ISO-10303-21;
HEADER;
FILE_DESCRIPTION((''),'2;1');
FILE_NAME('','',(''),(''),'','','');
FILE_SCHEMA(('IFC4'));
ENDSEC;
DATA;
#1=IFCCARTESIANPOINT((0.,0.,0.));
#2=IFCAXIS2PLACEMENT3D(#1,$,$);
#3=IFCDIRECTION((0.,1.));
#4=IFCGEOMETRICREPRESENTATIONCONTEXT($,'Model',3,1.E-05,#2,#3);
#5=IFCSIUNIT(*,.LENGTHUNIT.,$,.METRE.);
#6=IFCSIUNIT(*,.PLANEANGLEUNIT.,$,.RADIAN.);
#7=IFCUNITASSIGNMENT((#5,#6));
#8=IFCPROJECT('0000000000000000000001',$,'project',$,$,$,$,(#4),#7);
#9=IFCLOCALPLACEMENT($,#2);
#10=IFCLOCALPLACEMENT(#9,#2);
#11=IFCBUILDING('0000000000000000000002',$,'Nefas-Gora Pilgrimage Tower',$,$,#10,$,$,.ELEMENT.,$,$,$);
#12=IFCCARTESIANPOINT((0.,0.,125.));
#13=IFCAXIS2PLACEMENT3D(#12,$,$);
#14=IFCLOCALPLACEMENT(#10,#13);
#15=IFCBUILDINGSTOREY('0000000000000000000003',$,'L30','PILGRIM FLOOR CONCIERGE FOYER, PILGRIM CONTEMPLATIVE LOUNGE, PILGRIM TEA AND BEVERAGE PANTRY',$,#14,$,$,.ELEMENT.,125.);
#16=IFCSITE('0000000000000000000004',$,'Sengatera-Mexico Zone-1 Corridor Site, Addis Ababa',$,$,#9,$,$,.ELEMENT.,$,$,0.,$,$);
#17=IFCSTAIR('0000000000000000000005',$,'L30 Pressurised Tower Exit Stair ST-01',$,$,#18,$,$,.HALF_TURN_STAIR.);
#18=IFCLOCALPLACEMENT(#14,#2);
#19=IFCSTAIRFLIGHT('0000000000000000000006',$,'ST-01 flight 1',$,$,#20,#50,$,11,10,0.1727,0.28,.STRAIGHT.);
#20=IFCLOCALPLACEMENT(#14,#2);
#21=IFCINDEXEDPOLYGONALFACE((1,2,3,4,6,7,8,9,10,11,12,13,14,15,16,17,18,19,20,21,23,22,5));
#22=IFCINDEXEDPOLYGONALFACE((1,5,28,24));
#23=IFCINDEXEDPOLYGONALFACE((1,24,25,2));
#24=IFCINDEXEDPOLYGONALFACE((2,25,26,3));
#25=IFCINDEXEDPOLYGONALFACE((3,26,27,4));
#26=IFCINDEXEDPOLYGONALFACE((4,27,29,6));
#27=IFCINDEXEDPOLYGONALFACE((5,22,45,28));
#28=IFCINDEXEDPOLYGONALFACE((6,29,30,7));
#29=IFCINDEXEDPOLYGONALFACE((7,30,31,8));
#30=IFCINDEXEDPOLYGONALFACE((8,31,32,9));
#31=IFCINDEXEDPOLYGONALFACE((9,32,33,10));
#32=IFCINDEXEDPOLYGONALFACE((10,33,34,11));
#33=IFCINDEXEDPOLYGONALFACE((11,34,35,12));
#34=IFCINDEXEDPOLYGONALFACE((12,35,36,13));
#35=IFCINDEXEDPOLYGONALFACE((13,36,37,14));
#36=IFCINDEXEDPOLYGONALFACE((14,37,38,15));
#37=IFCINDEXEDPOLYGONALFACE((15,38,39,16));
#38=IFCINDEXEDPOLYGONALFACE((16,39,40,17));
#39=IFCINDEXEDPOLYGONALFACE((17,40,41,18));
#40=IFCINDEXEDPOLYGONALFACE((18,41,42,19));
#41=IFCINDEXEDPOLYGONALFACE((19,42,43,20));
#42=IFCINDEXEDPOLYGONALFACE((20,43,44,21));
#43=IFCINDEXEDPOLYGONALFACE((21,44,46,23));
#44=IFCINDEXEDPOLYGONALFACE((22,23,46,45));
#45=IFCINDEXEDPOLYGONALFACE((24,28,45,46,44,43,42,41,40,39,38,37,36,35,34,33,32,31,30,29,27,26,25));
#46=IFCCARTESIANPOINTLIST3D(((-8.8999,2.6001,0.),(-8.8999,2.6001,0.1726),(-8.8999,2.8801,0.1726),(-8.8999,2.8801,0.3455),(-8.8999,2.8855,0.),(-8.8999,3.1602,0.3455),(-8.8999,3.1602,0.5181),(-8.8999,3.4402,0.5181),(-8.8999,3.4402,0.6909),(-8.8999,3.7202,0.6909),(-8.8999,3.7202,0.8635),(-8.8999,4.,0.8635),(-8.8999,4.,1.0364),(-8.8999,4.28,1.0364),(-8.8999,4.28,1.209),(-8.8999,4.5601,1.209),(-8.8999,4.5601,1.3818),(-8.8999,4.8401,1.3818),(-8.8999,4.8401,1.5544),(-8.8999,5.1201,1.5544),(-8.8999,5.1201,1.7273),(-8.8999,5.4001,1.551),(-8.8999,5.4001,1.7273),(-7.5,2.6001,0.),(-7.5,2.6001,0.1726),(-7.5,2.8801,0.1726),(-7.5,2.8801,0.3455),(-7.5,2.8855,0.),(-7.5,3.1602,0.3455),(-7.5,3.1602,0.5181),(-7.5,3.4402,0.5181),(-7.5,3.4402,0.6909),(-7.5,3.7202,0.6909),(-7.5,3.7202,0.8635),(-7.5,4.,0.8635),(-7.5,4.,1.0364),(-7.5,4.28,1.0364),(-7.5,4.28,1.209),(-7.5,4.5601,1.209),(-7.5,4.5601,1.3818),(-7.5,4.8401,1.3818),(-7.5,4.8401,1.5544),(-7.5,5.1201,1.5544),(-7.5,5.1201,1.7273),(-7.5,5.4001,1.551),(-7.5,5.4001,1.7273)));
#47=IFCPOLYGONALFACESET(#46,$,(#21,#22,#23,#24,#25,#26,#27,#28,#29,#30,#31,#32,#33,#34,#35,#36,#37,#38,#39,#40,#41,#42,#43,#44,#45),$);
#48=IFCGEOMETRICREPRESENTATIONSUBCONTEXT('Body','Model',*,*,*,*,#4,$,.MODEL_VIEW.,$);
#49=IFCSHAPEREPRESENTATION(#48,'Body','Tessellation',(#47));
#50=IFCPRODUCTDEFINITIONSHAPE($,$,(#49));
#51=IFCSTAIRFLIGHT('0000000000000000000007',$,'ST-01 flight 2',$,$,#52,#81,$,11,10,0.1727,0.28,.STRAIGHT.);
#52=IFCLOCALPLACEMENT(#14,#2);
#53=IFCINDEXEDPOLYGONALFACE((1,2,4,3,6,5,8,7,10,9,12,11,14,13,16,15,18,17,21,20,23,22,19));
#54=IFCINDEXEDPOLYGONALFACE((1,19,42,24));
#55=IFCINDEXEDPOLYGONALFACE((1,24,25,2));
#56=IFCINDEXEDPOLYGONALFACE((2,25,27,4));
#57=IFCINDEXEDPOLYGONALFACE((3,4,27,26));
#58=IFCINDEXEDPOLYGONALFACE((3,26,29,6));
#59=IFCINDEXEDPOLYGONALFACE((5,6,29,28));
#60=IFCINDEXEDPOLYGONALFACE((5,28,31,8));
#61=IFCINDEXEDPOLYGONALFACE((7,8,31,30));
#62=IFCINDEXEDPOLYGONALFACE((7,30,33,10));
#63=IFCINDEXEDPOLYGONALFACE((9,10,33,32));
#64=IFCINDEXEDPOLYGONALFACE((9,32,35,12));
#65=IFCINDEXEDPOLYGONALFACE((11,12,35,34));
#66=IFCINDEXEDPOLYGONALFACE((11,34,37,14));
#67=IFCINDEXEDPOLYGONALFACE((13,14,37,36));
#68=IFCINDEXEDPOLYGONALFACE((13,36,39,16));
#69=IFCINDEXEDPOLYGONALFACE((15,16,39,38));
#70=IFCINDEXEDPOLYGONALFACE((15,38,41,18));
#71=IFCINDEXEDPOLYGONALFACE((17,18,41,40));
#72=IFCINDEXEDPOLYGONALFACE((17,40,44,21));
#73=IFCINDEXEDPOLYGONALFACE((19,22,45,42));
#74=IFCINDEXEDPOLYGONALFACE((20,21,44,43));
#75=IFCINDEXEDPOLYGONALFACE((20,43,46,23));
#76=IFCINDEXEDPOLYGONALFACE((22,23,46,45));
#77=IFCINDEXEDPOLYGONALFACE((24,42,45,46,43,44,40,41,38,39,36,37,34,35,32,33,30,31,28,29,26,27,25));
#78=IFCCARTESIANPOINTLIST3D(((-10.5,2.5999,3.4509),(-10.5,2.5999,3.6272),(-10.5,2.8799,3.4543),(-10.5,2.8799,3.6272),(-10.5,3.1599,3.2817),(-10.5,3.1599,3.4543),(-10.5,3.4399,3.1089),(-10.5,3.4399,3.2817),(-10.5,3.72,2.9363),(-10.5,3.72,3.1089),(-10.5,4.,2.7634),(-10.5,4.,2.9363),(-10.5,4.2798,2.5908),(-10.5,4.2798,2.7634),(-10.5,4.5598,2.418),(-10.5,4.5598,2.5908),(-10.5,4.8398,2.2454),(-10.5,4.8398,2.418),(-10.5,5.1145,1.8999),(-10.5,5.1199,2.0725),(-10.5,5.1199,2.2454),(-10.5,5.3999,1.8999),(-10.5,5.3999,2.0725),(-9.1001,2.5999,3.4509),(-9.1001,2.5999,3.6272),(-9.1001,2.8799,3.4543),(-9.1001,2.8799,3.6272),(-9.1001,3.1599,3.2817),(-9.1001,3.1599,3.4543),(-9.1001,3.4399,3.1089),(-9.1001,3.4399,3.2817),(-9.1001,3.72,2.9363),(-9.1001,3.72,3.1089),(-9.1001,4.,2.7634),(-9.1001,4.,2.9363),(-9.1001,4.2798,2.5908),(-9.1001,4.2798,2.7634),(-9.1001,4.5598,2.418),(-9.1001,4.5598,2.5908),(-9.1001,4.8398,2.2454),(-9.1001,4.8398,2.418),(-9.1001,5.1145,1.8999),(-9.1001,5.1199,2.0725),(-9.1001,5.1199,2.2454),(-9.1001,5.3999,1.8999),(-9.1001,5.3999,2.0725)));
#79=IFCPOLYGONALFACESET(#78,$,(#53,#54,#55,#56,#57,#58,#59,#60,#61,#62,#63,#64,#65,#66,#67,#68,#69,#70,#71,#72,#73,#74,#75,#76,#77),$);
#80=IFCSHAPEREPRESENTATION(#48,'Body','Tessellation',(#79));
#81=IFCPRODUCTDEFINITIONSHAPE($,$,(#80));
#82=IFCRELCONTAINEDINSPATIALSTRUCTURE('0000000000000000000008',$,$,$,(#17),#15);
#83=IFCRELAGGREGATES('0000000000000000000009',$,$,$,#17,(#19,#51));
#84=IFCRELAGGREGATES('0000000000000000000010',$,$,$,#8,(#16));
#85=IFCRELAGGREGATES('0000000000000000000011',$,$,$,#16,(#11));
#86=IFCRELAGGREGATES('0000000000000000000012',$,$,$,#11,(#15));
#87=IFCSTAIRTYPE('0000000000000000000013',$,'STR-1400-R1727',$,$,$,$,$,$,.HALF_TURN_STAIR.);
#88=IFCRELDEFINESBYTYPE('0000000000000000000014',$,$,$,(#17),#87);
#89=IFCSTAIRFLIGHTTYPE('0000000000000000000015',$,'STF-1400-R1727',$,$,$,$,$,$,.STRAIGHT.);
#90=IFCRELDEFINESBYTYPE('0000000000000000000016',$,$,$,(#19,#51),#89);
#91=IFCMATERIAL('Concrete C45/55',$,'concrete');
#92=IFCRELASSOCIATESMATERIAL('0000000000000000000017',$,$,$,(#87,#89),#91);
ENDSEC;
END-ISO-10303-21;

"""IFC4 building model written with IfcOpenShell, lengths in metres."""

from ifc_helpers import new_model, si_unit, direction, frame, origin, place, context, subcontext, project, spatial, polyline, outline, extrude, source, transform, mapped, material, type_object, element, aggregate, save


model = new_model("IFC4")

# Units and contexts
model_context = context("Model", 3, precision=1e-05, world=origin(), true_north=direction((0.0, 1.0)))
body_context = subcontext(model_context, "Body", "Model", "MODEL_VIEW")
ifc_project = project(units=[si_unit("LENGTHUNIT", "METRE"), si_unit("PLANEANGLEUNIT", "RADIAN")], contexts=[model_context])

# Site, building, storey
site_placement = place(None, origin())
site = spatial("IfcSite", under=ifc_project, at=site_placement, Name="Sengatera-Mexico Zone-1 Corridor Site, Addis Ababa", CompositionType="ELEMENT", RefElevation=0.0)
building_placement = place(site_placement, origin())
building = spatial("IfcBuilding", under=site, at=building_placement, Name="Nefas-Gora Pilgrimage Tower", CompositionType="ELEMENT")
storey_placement = place(building_placement, frame((0.0, 0.0, 125.0)))
storey = spatial("IfcBuildingStorey", under=building, at=storey_placement, Name="L30", Description="PILGRIM FLOOR CONCIERGE FOYER, PILGRIM CONTEMPLATIVE LOUNGE, PILGRIM TEA AND BEVERAGE PANTRY", CompositionType="ELEMENT", Elevation=125.0)

# Stair
ifc_material_1 = material(Name="Concrete C45/55", Category="concrete")
stair_type = type_object("IfcStairType", Name="STR-1400-R1727", PredefinedType="HALF_TURN_STAIR", material=ifc_material_1)
stair_1_placement = place(storey_placement, origin())
stair_1 = element("IfcStair", 1, at=stair_1_placement, inside=storey, type_object=stair_type, Name="L30 Pressurised Tower Exit Stair ST-01", PredefinedType="HALF_TURN_STAIR")

# Stair flights
stair_flight_type = type_object("IfcStairFlightType", Name="STF-1400-R1727", PredefinedType="STRAIGHT", material=ifc_material_1)
shared_shape_1 = source(origin(), body_context, "Body", "SweptSolid", [
    extrude(outline(polyline([(0.0, 0.0), (0.0, 0.1726), (0.28, 0.1726), (0.28, 0.3455), (0.5601, 0.3455), (0.5601, 0.5181), (0.8401, 0.5181), (0.8401, 0.6909), (1.1201, 0.6909), (1.1201, 0.8635), (1.3999, 0.8635), (1.3999, 1.0364), (1.6799, 1.0364), (1.6799, 1.209), (1.96, 1.209), (1.96, 1.3818), (2.24, 1.3818), (2.24, 1.5544), (2.52, 1.5544), (2.52, 1.7273), (2.8, 1.7273), (2.8, 1.8999), (2.8, 1.551), (0.2854, 0.0), (0.0, 0.0)])), frame((0.0, 0.7, 0.0), z_axis=(0.0, -1.0, 0.0), x_axis=(1.0, 0.0, 0.0)), (0.0, 0.0, 1.0), 1.3999),
])
stair_flight_1_placement = place(storey_placement, frame((-8.2, 2.6001, 0.0), z_axis=(0.0, 0.0, 1.0), x_axis=(0.0, 1.0, 0.0)))
stair_flight_1 = element("IfcStairFlight", 2, at=stair_flight_1_placement, type_object=stair_flight_type, Name="ST-01 flight 1", NumberOfRisers=11, NumberOfTreads=10, PredefinedType="STRAIGHT", RiserHeight=0.1727, TreadLength=0.28, context=body_context, shape_type="MappedRepresentation", body=[
    mapped(shared_shape_1, transform((0.0, 0.0, 0.0), x_axis=(1.0, 0.0, 0.0), y_axis=(0.0, 1.0, 0.0), z_axis=(0.0, 0.0, 1.0), scale=1.0)),
])
stair_flight_2_placement = place(storey_placement, frame((-9.8, 5.3999, 1.8999), z_axis=(0.0, 0.0, 1.0), x_axis=(0.0, -1.0, 0.0)))
stair_flight_2 = element("IfcStairFlight", 3, at=stair_flight_2_placement, type_object=stair_flight_type, Name="ST-01 flight 2", NumberOfRisers=11, NumberOfTreads=10, PredefinedType="STRAIGHT", RiserHeight=0.1727, TreadLength=0.28, context=body_context, shape_type="MappedRepresentation", body=[
    mapped(shared_shape_1, transform((0.0, 0.0, 0.0), x_axis=(1.0, 0.0, 0.0), y_axis=(0.0, 1.0, 0.0), z_axis=(0.0, 0.0, 1.0), scale=1.0)),
])
aggregate(stair_1, [stair_flight_1, stair_flight_2])

save(model, "model.ifc")
